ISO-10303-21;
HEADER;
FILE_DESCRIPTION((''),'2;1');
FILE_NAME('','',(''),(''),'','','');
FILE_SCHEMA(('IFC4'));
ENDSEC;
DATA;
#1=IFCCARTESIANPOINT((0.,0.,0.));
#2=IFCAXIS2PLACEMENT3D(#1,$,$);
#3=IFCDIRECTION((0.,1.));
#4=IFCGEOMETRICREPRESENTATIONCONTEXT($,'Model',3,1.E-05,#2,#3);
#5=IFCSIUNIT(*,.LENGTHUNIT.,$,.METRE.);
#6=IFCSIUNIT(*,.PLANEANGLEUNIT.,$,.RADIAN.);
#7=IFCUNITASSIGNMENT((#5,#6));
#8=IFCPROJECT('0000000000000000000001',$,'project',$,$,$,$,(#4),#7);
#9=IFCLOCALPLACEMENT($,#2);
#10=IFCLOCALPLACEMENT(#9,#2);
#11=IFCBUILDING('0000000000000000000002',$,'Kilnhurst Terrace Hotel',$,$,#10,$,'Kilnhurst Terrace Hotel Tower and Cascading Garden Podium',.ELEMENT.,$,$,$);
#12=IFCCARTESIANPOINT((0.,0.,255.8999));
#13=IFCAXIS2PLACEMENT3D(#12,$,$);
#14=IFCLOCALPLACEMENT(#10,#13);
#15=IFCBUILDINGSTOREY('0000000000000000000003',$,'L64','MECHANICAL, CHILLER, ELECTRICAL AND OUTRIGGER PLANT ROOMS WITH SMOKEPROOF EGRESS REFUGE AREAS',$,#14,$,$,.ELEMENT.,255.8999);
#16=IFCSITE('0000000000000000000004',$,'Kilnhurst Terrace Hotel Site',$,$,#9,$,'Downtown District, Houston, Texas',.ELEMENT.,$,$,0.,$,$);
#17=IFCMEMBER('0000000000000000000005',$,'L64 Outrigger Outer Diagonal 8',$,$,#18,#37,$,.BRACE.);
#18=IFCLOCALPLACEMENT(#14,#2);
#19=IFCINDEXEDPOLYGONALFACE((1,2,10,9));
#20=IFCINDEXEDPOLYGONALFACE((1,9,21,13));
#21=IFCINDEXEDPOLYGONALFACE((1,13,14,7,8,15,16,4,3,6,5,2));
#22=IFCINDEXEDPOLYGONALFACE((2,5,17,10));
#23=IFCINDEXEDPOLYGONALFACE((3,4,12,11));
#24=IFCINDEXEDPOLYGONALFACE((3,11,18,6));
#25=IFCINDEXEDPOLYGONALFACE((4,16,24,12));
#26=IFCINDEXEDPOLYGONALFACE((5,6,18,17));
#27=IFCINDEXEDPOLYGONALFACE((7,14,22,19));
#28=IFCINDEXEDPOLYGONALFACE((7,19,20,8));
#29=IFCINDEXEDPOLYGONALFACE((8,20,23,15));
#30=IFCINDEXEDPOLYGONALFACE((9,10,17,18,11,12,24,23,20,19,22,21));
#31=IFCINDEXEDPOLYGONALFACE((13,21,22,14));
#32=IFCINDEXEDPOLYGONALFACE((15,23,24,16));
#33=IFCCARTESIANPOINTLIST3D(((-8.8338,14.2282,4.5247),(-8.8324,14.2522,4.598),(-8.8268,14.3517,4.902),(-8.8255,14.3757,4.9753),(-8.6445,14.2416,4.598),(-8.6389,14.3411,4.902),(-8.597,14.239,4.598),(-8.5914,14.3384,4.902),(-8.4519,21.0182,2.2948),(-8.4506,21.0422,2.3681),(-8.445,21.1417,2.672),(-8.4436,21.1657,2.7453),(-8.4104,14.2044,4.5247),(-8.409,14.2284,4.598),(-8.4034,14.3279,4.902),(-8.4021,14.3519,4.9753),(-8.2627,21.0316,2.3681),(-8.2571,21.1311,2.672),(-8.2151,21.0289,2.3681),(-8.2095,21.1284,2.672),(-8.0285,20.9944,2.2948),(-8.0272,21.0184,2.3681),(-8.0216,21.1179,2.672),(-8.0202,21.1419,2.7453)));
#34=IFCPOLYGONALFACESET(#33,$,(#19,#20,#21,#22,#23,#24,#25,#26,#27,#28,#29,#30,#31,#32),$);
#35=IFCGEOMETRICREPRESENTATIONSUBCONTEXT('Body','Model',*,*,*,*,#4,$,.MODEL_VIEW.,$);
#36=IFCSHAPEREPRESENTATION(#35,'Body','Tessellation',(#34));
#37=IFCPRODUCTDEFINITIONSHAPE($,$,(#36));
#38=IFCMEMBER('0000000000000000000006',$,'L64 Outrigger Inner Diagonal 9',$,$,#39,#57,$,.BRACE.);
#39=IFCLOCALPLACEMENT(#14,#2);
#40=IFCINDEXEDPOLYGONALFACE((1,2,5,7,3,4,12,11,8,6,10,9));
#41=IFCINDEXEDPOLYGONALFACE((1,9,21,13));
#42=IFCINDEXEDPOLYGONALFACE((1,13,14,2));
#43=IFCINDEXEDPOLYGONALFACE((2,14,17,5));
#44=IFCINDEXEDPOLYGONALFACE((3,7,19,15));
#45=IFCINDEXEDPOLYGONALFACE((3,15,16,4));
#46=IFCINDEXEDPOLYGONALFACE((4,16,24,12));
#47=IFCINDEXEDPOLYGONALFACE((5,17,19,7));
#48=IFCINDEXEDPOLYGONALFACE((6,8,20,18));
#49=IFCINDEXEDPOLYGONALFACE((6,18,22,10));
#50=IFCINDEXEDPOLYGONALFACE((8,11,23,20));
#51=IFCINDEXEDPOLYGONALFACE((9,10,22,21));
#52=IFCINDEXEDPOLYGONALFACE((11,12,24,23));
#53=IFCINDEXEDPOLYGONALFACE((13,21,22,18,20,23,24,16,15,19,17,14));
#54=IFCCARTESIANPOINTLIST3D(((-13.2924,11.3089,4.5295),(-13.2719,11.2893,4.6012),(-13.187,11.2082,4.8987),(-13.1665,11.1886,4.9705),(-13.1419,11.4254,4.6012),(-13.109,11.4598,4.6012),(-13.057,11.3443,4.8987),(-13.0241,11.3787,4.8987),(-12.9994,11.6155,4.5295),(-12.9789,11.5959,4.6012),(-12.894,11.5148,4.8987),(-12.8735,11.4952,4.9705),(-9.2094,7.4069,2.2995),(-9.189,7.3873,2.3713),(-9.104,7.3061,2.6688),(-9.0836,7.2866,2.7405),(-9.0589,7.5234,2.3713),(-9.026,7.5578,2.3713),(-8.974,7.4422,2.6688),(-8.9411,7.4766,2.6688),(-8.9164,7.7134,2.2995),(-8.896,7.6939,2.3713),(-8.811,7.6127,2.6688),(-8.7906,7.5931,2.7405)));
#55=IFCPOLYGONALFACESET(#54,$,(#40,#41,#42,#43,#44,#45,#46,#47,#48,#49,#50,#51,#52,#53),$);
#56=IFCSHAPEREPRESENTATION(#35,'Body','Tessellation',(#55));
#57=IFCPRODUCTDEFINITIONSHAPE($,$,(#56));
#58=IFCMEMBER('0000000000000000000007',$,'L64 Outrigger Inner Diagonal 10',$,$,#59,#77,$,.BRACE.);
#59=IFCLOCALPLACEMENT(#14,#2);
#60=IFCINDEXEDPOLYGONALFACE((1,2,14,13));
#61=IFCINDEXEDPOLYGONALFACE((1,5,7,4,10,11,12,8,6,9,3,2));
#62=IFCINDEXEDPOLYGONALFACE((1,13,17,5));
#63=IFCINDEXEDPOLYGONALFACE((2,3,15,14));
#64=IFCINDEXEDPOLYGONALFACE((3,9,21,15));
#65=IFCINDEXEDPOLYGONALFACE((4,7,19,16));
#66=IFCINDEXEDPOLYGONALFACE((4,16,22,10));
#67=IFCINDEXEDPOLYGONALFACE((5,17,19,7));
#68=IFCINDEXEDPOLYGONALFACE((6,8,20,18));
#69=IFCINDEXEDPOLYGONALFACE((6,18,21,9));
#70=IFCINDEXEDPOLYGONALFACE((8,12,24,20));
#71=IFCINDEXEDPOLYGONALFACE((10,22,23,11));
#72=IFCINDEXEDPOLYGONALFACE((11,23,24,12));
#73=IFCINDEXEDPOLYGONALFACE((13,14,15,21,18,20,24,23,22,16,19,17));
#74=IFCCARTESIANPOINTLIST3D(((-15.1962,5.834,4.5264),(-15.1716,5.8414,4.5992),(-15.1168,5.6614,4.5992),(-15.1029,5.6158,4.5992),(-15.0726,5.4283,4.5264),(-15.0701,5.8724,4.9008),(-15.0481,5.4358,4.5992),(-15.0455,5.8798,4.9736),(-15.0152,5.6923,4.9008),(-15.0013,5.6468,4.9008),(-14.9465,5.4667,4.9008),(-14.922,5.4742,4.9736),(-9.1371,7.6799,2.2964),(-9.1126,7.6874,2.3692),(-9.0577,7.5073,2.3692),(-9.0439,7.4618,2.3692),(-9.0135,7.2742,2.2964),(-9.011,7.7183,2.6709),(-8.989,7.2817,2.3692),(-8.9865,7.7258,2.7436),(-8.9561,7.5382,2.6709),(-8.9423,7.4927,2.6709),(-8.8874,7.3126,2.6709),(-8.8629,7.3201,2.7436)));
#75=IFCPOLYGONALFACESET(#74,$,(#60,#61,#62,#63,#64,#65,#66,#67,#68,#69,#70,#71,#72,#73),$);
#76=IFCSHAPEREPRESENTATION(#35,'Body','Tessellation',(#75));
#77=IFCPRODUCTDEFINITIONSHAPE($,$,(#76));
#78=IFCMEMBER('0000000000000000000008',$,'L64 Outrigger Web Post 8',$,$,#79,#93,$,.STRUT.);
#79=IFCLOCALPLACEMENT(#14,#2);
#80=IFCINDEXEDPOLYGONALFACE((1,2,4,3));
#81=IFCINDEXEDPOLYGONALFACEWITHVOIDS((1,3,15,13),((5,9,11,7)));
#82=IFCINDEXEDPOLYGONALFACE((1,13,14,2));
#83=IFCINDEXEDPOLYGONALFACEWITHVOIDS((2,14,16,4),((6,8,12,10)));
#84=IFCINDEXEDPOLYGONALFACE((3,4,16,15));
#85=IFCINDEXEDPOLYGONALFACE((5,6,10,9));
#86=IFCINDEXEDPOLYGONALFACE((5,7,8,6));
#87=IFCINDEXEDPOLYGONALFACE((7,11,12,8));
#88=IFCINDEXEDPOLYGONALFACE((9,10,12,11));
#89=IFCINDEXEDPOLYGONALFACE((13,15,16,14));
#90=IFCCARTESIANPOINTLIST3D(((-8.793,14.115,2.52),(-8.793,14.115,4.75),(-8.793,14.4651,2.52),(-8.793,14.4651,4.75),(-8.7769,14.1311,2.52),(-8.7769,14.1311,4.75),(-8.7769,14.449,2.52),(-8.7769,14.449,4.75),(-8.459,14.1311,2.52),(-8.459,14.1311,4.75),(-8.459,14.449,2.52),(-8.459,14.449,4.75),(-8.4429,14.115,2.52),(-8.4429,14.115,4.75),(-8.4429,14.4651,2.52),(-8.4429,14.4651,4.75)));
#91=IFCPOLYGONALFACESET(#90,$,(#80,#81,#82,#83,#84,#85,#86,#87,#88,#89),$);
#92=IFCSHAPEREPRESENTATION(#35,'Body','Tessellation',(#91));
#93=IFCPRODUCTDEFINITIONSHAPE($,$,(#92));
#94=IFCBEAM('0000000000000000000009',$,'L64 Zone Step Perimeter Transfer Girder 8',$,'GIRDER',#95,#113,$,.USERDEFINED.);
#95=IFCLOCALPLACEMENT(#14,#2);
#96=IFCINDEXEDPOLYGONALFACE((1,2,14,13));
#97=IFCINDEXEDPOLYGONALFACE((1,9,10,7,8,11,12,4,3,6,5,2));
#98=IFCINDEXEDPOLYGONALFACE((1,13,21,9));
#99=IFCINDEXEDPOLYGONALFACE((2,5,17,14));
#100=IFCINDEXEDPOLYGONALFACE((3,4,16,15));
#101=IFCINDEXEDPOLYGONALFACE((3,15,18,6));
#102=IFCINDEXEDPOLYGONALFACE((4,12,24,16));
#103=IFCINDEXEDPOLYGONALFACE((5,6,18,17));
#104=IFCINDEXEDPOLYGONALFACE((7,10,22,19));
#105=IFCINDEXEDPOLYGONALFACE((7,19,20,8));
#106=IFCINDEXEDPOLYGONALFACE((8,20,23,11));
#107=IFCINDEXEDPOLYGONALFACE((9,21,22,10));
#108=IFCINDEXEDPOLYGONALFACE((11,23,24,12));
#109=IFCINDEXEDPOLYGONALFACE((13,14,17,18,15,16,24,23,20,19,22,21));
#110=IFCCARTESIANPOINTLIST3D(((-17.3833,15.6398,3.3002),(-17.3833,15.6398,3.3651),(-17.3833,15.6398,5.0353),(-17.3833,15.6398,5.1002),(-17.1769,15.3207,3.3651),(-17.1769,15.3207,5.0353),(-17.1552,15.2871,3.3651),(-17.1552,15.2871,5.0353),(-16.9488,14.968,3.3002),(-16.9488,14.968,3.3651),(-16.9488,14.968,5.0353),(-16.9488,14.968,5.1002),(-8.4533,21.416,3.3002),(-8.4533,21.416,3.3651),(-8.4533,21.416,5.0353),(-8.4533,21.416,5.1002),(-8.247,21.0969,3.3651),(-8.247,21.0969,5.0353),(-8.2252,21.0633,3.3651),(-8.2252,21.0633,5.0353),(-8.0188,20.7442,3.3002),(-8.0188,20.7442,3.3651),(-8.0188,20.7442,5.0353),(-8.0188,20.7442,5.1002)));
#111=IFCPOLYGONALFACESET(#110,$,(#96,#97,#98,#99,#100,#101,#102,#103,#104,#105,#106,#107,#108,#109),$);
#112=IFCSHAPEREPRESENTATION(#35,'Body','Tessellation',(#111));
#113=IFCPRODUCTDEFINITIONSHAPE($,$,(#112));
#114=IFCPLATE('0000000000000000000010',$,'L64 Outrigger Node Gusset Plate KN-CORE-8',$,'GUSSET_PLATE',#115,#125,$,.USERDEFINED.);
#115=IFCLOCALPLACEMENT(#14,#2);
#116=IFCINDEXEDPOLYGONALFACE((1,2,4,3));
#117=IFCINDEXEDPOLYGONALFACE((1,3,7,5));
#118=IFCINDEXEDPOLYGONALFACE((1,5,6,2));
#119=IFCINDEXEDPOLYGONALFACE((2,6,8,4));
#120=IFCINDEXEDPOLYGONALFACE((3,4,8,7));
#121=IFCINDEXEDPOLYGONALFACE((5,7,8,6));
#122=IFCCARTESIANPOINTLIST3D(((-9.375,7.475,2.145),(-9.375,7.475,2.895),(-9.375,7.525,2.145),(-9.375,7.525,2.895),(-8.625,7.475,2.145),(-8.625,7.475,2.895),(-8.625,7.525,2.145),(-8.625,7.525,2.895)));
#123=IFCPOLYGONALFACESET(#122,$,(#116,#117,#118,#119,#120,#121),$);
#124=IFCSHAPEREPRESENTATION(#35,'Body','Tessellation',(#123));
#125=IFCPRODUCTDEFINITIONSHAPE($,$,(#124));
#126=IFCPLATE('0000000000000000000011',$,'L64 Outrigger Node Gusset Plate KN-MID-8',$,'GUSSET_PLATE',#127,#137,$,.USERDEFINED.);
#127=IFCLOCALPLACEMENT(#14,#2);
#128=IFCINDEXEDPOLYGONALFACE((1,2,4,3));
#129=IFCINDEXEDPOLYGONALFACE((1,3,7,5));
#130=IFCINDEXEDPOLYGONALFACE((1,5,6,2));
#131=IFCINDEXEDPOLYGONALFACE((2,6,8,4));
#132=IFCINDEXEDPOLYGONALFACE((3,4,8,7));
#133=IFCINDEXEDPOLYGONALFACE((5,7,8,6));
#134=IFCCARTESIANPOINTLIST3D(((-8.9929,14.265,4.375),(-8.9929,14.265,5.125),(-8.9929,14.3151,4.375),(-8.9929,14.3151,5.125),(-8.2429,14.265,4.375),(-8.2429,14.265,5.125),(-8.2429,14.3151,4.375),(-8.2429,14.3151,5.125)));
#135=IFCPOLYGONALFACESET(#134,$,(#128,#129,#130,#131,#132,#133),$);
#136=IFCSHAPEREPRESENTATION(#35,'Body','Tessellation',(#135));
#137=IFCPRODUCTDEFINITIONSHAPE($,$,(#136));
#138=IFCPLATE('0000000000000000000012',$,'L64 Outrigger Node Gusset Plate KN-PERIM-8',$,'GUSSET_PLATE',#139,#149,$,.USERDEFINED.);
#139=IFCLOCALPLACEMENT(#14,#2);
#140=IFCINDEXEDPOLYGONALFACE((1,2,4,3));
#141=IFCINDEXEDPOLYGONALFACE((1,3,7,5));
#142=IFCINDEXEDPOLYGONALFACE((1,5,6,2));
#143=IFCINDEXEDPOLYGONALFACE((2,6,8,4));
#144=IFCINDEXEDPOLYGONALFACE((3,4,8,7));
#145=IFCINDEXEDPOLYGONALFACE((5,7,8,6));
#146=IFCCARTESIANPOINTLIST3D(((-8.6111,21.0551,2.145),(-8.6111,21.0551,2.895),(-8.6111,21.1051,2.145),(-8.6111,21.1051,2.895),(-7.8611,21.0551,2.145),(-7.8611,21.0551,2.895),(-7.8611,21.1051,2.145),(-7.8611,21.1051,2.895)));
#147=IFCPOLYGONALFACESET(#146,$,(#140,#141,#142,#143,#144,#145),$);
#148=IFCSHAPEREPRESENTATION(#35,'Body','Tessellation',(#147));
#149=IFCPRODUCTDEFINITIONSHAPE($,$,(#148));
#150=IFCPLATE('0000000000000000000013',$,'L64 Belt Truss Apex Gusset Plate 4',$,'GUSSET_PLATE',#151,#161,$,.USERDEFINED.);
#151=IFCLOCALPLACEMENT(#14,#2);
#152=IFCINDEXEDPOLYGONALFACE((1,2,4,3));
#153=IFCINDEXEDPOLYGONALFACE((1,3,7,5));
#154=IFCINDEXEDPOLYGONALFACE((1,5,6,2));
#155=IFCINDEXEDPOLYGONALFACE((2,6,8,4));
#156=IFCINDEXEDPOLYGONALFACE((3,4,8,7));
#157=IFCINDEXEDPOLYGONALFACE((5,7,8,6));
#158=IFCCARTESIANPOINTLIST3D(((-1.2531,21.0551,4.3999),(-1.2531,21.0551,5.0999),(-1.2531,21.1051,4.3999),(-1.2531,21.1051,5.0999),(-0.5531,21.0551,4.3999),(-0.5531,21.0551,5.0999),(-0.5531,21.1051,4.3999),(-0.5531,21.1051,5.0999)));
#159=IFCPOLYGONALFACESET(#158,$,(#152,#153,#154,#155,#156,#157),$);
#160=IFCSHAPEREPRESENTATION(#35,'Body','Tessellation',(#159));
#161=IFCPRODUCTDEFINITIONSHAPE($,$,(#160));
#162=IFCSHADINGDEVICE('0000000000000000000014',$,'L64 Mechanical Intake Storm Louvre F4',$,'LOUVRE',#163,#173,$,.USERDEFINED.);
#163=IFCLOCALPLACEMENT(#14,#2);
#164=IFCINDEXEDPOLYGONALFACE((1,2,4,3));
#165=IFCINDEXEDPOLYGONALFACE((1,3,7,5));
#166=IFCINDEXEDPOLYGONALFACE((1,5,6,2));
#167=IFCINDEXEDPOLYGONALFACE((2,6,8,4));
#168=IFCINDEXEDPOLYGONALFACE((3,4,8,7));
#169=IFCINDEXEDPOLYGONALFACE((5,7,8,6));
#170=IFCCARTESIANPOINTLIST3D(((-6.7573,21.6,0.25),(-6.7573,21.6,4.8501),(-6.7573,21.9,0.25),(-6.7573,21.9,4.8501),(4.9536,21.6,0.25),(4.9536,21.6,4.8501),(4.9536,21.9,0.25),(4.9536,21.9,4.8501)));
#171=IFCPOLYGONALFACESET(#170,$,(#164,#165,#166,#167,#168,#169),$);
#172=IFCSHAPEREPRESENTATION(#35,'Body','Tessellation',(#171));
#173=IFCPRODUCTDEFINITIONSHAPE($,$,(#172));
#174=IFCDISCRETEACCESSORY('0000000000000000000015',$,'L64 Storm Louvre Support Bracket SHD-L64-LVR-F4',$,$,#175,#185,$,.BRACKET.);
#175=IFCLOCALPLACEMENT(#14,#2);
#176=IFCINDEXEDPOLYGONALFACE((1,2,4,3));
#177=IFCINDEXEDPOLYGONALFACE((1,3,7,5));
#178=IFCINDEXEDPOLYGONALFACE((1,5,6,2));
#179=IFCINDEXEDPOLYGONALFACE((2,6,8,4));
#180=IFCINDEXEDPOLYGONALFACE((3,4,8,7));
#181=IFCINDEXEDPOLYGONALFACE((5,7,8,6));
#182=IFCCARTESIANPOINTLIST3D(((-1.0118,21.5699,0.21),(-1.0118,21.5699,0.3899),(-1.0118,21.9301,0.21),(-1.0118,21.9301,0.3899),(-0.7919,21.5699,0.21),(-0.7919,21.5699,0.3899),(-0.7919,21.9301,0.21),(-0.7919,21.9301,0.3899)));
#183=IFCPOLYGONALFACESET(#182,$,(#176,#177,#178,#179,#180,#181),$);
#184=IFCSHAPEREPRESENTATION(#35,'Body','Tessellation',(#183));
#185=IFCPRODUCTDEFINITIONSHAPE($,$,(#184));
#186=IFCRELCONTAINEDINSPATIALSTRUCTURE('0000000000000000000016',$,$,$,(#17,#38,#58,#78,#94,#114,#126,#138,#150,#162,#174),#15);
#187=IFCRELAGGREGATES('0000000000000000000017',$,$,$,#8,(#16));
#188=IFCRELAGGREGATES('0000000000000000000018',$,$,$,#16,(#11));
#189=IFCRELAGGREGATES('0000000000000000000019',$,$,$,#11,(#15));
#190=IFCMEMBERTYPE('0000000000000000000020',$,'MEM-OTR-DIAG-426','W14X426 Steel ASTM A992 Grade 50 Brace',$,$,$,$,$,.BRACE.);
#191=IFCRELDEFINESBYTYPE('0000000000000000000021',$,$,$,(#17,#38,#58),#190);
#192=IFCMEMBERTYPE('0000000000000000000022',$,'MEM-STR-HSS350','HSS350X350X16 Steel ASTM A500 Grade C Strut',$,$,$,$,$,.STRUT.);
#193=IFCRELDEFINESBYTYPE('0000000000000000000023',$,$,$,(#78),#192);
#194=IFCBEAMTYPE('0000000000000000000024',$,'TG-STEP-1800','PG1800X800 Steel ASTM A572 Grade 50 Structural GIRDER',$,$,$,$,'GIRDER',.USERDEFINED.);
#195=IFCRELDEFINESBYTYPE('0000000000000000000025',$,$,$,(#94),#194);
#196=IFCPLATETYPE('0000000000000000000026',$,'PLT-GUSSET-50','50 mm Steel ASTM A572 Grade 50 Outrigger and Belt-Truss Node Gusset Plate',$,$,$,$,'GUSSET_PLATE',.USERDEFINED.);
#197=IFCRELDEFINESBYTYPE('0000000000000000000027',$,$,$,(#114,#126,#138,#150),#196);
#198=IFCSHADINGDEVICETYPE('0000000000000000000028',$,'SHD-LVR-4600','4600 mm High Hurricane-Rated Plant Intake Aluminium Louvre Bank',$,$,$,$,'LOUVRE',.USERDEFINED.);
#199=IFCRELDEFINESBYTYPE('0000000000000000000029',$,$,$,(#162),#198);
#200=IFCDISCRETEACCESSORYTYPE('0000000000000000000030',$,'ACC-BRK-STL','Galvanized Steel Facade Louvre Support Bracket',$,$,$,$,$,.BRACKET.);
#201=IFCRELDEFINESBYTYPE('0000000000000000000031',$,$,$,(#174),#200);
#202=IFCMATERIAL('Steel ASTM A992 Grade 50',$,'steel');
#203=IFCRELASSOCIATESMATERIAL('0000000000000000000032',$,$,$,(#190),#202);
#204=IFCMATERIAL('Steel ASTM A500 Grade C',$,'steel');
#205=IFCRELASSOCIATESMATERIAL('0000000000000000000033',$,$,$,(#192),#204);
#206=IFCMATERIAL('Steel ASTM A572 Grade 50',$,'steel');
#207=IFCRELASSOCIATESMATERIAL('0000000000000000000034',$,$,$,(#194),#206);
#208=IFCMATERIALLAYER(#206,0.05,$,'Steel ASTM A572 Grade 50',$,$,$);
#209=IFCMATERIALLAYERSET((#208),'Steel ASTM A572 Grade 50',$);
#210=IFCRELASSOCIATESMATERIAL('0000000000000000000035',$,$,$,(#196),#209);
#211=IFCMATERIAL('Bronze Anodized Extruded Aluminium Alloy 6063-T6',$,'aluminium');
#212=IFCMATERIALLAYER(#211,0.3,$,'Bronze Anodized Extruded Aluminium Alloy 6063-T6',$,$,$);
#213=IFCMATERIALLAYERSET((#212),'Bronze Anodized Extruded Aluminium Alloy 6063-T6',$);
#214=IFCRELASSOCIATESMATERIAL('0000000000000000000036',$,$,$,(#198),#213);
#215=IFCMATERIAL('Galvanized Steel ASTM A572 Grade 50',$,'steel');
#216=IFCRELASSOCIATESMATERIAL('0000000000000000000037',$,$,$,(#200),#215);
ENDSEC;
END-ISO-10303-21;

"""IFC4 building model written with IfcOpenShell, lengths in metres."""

from ifc_helpers import new_model, si_unit, direction, frame, origin, origin_2d, place, context, subcontext, project, spatial, rectangle, hollow_rectangle, i_section, extrude, material, layer, layer_set, material_profile, profile_set, type_object, element, save


model = new_model("IFC4")

# Units and contexts
model_context = context("Model", 3, precision=1e-05, world=origin(), true_north=direction((0.0, 1.0)))
body_context = subcontext(model_context, "Body", "Model", "MODEL_VIEW")
ifc_project = project(units=[si_unit("LENGTHUNIT", "METRE"), si_unit("PLANEANGLEUNIT", "RADIAN")], contexts=[model_context])

# Site, building, storey
site_placement = place(None, origin())
site = spatial("IfcSite", under=ifc_project, at=site_placement, Name="Kilnhurst Terrace Hotel Site", LongName="Downtown District, Houston, Texas", CompositionType="ELEMENT", RefElevation=0.0)
building_placement = place(site_placement, origin())
building = spatial("IfcBuilding", under=site, at=building_placement, Name="Kilnhurst Terrace Hotel", LongName="Kilnhurst Terrace Hotel Tower and Cascading Garden Podium", CompositionType="ELEMENT")
storey_placement = place(building_placement, frame((0.0, 0.0, 255.8999)))
storey = spatial("IfcBuildingStorey", under=building, at=storey_placement, Name="L64", Description="MECHANICAL, CHILLER, ELECTRICAL AND OUTRIGGER PLANT ROOMS WITH SMOKEPROOF EGRESS REFUGE AREAS", CompositionType="ELEMENT", Elevation=255.8999)

# Shared definitions
ifc_material_1 = material(Name="Steel ASTM A992 Grade 50", Category="steel")

# Members
ifc_material_2 = material(Name="Steel ASTM A500 Grade C", Category="steel")
ifc_material_profile_1 = material_profile(ifc_material_1, i_section(OverallWidth=0.4241, OverallDepth=0.4741, WebThickness=0.0476, FlangeThickness=0.0771, at=origin_2d()), Name="W14X426")
ifc_profile_set_1 = profile_set([ifc_material_profile_1], Name="Steel ASTM A992 Grade 50")
member_type_1 = type_object("IfcMemberType", Name="MEM-OTR-DIAG-426", Description="W14X426 Steel ASTM A992 Grade 50 Brace", PredefinedType="BRACE", material=ifc_profile_set_1)
member_1_placement = place(storey_placement, frame((-8.6179, 14.29, 4.75), z_axis=(0.053351, 0.948721, -0.311579), x_axis=(-0.998423, 0.056146, 0.0)))
element("IfcMember", 1, at=member_1_placement, inside=storey, type_object=member_type_1, Name="L64 Outrigger Outer Diagonal 8", PredefinedType="BRACE", context=body_context, shape_type="SweptSolid", body=[
    extrude(i_section(OverallWidth=0.4241, OverallDepth=0.4741, WebThickness=0.0476, FlangeThickness=0.0771, at=origin_2d()), origin(), (0.0, 0.0, 1.0), 7.157),
])
member_2_placement = place(storey_placement, frame((-9.0, 7.5, 2.52), z_axis=(-0.672423, 0.64263, 0.367252), x_axis=(-0.690909, -0.722941, 0.0)))
element("IfcMember", 2, at=member_2_placement, inside=storey, type_object=member_type_1, Name="L64 Outrigger Inner Diagonal 9", PredefinedType="BRACE", context=body_context, shape_type="SweptSolid", body=[
    extrude(i_section(OverallWidth=0.4241, OverallDepth=0.4741, WebThickness=0.0476, FlangeThickness=0.0771, at=origin_2d()), origin(), (0.0, 0.0, 1.0), 6.072),
])
member_3_placement = place(storey_placement, frame((-9.0, 7.5, 2.52), z_axis=(-0.902305, -0.274894, 0.332084), x_axis=(0.291433, -0.956591, 0.0)))
element("IfcMember", 3, at=member_3_placement, inside=storey, type_object=member_type_1, Name="L64 Outrigger Inner Diagonal 10", PredefinedType="BRACE", context=body_context, shape_type="SweptSolid", body=[
    extrude(i_section(OverallWidth=0.4241, OverallDepth=0.4741, WebThickness=0.0476, FlangeThickness=0.0771, at=origin_2d()), origin(), (0.0, 0.0, 1.0), 6.7151),
])
ifc_material_profile_2 = material_profile(ifc_material_2, hollow_rectangle(XDim=0.3501, YDim=0.3501, WallThickness=0.0161, at=origin_2d()), Name="HSS350X350X16")
ifc_profile_set_2 = profile_set([ifc_material_profile_2], Name="Steel ASTM A500 Grade C")
member_type_2 = type_object("IfcMemberType", Name="MEM-STR-HSS350", Description="HSS350X350X16 Steel ASTM A500 Grade C Strut", PredefinedType="STRUT", material=ifc_profile_set_2)
member_4_placement = place(storey_placement, frame((-8.6179, 14.29, 2.52), z_axis=(0.0, 0.0, 1.0), x_axis=(1.0, 0.0, 0.0)))
element("IfcMember", 4, at=member_4_placement, inside=storey, type_object=member_type_2, Name="L64 Outrigger Web Post 8", PredefinedType="STRUT", context=body_context, shape_type="SweptSolid", body=[
    extrude(hollow_rectangle(XDim=0.3501, YDim=0.3501, WallThickness=0.0161, at=origin_2d()), origin(), (0.0, 0.0, 1.0), 2.23),
])

# Beam
ifc_material_3 = material(Name="Steel ASTM A572 Grade 50", Category="steel")
ifc_material_profile_3 = material_profile(ifc_material_3, i_section(OverallWidth=0.8, OverallDepth=1.8, WebThickness=0.04, FlangeThickness=0.0649, at=origin_2d()), Name="PG1800X800")
ifc_profile_set_3 = profile_set([ifc_material_profile_3], Name="Steel ASTM A572 Grade 50")
beam_type_1 = type_object("IfcBeamType", Name="TG-STEP-1800", Description="PG1800X800 Steel ASTM A572 Grade 50 Structural GIRDER", ElementType="GIRDER", PredefinedType="USERDEFINED", material=ifc_profile_set_3)
beam_1_placement = place(storey_placement, frame((-8.2361, 21.0801, 4.2002), z_axis=(-0.839659, -0.543114, 0.0), x_axis=(0.543114, -0.839659, 0.0)))
element("IfcBeam", 5, at=beam_1_placement, inside=storey, type_object=beam_type_1, Name="L64 Zone Step Perimeter Transfer Girder 8", ObjectType="GIRDER", PredefinedType="USERDEFINED", context=body_context, shape_type="SweptSolid", body=[
    extrude(i_section(OverallWidth=0.8, OverallDepth=1.8, WebThickness=0.04, FlangeThickness=0.0649, at=origin_2d()), origin(), (0.0, 0.0, 1.0), 10.6353),
])

# Plates
ifc_layer_1 = layer(ifc_material_3, 0.05, Name="Steel ASTM A572 Grade 50")
ifc_layer_set_1 = layer_set([ifc_layer_1], Name="Steel ASTM A572 Grade 50")
plate_type = type_object("IfcPlateType", Name="PLT-GUSSET-50", Description="50 mm Steel ASTM A572 Grade 50 Outrigger and Belt-Truss Node Gusset Plate", ElementType="GUSSET_PLATE", PredefinedType="USERDEFINED", material=ifc_layer_set_1)
for number, where, z_axis, x_axis, name in (
    (6, (-9.0, 7.5, 2.145), (0.0, 0.0, 1.0), (1.0, 0.0, 0.0), "L64 Outrigger Node Gusset Plate KN-CORE-8"),
    (7, (-8.6179, 14.29, 4.375), (0.0, 0.0, 1.0), (1.0, 0.0, 0.0), "L64 Outrigger Node Gusset Plate KN-MID-8"),
    (8, (-8.2361, 21.0801, 2.145), (0.0, 0.0, 1.0), (1.0, 0.0, 0.0), "L64 Outrigger Node Gusset Plate KN-PERIM-8"),
):
    element("IfcPlate", number, at=place(storey_placement, frame(where, z_axis=z_axis, x_axis=x_axis)), inside=storey, type_object=plate_type, Name=name, ObjectType="GUSSET_PLATE", PredefinedType="USERDEFINED", context=body_context, shape_type="SweptSolid", body=[
        extrude(rectangle(XDim=0.75, YDim=0.05, at=origin_2d()), origin(), (0.0, 0.0, 1.0), 0.75),
    ])
plate_placement = place(storey_placement, frame((-0.9031, 21.0801, 4.3999), z_axis=(0.0, 0.0, 1.0), x_axis=(1.0, 0.0, 0.0)))
element("IfcPlate", 9, at=plate_placement, inside=storey, type_object=plate_type, Name="L64 Belt Truss Apex Gusset Plate 4", ObjectType="GUSSET_PLATE", PredefinedType="USERDEFINED", context=body_context, shape_type="SweptSolid", body=[
    extrude(rectangle(XDim=0.7, YDim=0.05, at=origin_2d()), origin(), (0.0, 0.0, 1.0), 0.7),
])

# Shading device
ifc_material_4 = material(Name="Bronze Anodized Extruded Aluminium Alloy 6063-T6", Category="aluminium")
ifc_layer_2 = layer(ifc_material_4, 0.3, Name="Bronze Anodized Extruded Aluminium Alloy 6063-T6")
ifc_layer_set_2 = layer_set([ifc_layer_2], Name="Bronze Anodized Extruded Aluminium Alloy 6063-T6")
shading_device_type = type_object("IfcShadingDeviceType", Name="SHD-LVR-4600", Description="4600 mm High Hurricane-Rated Plant Intake Aluminium Louvre Bank", ElementType="LOUVRE", PredefinedType="USERDEFINED", material=ifc_layer_set_2)
shading_device_placement = place(storey_placement, frame((-0.9019, 21.75, 0.25), z_axis=(0.0, 0.0, 1.0), x_axis=(-1.0, 0.0, 0.0)))
element("IfcShadingDevice", 10, at=shading_device_placement, inside=storey, type_object=shading_device_type, Name="L64 Mechanical Intake Storm Louvre F4", ObjectType="LOUVRE", PredefinedType="USERDEFINED", context=body_context, shape_type="SweptSolid", body=[
    extrude(rectangle(XDim=11.7109, YDim=0.3, at=origin_2d()), origin(), (0.0, 0.0, 1.0), 4.6001),
])

# Discrete accessory
ifc_material_5 = material(Name="Galvanized Steel ASTM A572 Grade 50", Category="steel")
discrete_accessory_type = type_object("IfcDiscreteAccessoryType", Name="ACC-BRK-STL", Description="Galvanized Steel Facade Louvre Support Bracket", PredefinedType="BRACKET", material=ifc_material_5)
discrete_accessory_placement = place(storey_placement, frame((-0.9019, 21.75, 0.21), z_axis=(0.0, 0.0, 1.0), x_axis=(-1.0, 0.0, 0.0)))
element("IfcDiscreteAccessory", 11, at=discrete_accessory_placement, inside=storey, type_object=discrete_accessory_type, Name="L64 Storm Louvre Support Bracket SHD-L64-LVR-F4", PredefinedType="BRACKET", context=body_context, shape_type="SweptSolid", body=[
    extrude(rectangle(XDim=0.22, YDim=0.3601, at=origin_2d()), origin(), (0.0, 0.0, 1.0), 0.1799),
])

save(model, "model.ifc")
